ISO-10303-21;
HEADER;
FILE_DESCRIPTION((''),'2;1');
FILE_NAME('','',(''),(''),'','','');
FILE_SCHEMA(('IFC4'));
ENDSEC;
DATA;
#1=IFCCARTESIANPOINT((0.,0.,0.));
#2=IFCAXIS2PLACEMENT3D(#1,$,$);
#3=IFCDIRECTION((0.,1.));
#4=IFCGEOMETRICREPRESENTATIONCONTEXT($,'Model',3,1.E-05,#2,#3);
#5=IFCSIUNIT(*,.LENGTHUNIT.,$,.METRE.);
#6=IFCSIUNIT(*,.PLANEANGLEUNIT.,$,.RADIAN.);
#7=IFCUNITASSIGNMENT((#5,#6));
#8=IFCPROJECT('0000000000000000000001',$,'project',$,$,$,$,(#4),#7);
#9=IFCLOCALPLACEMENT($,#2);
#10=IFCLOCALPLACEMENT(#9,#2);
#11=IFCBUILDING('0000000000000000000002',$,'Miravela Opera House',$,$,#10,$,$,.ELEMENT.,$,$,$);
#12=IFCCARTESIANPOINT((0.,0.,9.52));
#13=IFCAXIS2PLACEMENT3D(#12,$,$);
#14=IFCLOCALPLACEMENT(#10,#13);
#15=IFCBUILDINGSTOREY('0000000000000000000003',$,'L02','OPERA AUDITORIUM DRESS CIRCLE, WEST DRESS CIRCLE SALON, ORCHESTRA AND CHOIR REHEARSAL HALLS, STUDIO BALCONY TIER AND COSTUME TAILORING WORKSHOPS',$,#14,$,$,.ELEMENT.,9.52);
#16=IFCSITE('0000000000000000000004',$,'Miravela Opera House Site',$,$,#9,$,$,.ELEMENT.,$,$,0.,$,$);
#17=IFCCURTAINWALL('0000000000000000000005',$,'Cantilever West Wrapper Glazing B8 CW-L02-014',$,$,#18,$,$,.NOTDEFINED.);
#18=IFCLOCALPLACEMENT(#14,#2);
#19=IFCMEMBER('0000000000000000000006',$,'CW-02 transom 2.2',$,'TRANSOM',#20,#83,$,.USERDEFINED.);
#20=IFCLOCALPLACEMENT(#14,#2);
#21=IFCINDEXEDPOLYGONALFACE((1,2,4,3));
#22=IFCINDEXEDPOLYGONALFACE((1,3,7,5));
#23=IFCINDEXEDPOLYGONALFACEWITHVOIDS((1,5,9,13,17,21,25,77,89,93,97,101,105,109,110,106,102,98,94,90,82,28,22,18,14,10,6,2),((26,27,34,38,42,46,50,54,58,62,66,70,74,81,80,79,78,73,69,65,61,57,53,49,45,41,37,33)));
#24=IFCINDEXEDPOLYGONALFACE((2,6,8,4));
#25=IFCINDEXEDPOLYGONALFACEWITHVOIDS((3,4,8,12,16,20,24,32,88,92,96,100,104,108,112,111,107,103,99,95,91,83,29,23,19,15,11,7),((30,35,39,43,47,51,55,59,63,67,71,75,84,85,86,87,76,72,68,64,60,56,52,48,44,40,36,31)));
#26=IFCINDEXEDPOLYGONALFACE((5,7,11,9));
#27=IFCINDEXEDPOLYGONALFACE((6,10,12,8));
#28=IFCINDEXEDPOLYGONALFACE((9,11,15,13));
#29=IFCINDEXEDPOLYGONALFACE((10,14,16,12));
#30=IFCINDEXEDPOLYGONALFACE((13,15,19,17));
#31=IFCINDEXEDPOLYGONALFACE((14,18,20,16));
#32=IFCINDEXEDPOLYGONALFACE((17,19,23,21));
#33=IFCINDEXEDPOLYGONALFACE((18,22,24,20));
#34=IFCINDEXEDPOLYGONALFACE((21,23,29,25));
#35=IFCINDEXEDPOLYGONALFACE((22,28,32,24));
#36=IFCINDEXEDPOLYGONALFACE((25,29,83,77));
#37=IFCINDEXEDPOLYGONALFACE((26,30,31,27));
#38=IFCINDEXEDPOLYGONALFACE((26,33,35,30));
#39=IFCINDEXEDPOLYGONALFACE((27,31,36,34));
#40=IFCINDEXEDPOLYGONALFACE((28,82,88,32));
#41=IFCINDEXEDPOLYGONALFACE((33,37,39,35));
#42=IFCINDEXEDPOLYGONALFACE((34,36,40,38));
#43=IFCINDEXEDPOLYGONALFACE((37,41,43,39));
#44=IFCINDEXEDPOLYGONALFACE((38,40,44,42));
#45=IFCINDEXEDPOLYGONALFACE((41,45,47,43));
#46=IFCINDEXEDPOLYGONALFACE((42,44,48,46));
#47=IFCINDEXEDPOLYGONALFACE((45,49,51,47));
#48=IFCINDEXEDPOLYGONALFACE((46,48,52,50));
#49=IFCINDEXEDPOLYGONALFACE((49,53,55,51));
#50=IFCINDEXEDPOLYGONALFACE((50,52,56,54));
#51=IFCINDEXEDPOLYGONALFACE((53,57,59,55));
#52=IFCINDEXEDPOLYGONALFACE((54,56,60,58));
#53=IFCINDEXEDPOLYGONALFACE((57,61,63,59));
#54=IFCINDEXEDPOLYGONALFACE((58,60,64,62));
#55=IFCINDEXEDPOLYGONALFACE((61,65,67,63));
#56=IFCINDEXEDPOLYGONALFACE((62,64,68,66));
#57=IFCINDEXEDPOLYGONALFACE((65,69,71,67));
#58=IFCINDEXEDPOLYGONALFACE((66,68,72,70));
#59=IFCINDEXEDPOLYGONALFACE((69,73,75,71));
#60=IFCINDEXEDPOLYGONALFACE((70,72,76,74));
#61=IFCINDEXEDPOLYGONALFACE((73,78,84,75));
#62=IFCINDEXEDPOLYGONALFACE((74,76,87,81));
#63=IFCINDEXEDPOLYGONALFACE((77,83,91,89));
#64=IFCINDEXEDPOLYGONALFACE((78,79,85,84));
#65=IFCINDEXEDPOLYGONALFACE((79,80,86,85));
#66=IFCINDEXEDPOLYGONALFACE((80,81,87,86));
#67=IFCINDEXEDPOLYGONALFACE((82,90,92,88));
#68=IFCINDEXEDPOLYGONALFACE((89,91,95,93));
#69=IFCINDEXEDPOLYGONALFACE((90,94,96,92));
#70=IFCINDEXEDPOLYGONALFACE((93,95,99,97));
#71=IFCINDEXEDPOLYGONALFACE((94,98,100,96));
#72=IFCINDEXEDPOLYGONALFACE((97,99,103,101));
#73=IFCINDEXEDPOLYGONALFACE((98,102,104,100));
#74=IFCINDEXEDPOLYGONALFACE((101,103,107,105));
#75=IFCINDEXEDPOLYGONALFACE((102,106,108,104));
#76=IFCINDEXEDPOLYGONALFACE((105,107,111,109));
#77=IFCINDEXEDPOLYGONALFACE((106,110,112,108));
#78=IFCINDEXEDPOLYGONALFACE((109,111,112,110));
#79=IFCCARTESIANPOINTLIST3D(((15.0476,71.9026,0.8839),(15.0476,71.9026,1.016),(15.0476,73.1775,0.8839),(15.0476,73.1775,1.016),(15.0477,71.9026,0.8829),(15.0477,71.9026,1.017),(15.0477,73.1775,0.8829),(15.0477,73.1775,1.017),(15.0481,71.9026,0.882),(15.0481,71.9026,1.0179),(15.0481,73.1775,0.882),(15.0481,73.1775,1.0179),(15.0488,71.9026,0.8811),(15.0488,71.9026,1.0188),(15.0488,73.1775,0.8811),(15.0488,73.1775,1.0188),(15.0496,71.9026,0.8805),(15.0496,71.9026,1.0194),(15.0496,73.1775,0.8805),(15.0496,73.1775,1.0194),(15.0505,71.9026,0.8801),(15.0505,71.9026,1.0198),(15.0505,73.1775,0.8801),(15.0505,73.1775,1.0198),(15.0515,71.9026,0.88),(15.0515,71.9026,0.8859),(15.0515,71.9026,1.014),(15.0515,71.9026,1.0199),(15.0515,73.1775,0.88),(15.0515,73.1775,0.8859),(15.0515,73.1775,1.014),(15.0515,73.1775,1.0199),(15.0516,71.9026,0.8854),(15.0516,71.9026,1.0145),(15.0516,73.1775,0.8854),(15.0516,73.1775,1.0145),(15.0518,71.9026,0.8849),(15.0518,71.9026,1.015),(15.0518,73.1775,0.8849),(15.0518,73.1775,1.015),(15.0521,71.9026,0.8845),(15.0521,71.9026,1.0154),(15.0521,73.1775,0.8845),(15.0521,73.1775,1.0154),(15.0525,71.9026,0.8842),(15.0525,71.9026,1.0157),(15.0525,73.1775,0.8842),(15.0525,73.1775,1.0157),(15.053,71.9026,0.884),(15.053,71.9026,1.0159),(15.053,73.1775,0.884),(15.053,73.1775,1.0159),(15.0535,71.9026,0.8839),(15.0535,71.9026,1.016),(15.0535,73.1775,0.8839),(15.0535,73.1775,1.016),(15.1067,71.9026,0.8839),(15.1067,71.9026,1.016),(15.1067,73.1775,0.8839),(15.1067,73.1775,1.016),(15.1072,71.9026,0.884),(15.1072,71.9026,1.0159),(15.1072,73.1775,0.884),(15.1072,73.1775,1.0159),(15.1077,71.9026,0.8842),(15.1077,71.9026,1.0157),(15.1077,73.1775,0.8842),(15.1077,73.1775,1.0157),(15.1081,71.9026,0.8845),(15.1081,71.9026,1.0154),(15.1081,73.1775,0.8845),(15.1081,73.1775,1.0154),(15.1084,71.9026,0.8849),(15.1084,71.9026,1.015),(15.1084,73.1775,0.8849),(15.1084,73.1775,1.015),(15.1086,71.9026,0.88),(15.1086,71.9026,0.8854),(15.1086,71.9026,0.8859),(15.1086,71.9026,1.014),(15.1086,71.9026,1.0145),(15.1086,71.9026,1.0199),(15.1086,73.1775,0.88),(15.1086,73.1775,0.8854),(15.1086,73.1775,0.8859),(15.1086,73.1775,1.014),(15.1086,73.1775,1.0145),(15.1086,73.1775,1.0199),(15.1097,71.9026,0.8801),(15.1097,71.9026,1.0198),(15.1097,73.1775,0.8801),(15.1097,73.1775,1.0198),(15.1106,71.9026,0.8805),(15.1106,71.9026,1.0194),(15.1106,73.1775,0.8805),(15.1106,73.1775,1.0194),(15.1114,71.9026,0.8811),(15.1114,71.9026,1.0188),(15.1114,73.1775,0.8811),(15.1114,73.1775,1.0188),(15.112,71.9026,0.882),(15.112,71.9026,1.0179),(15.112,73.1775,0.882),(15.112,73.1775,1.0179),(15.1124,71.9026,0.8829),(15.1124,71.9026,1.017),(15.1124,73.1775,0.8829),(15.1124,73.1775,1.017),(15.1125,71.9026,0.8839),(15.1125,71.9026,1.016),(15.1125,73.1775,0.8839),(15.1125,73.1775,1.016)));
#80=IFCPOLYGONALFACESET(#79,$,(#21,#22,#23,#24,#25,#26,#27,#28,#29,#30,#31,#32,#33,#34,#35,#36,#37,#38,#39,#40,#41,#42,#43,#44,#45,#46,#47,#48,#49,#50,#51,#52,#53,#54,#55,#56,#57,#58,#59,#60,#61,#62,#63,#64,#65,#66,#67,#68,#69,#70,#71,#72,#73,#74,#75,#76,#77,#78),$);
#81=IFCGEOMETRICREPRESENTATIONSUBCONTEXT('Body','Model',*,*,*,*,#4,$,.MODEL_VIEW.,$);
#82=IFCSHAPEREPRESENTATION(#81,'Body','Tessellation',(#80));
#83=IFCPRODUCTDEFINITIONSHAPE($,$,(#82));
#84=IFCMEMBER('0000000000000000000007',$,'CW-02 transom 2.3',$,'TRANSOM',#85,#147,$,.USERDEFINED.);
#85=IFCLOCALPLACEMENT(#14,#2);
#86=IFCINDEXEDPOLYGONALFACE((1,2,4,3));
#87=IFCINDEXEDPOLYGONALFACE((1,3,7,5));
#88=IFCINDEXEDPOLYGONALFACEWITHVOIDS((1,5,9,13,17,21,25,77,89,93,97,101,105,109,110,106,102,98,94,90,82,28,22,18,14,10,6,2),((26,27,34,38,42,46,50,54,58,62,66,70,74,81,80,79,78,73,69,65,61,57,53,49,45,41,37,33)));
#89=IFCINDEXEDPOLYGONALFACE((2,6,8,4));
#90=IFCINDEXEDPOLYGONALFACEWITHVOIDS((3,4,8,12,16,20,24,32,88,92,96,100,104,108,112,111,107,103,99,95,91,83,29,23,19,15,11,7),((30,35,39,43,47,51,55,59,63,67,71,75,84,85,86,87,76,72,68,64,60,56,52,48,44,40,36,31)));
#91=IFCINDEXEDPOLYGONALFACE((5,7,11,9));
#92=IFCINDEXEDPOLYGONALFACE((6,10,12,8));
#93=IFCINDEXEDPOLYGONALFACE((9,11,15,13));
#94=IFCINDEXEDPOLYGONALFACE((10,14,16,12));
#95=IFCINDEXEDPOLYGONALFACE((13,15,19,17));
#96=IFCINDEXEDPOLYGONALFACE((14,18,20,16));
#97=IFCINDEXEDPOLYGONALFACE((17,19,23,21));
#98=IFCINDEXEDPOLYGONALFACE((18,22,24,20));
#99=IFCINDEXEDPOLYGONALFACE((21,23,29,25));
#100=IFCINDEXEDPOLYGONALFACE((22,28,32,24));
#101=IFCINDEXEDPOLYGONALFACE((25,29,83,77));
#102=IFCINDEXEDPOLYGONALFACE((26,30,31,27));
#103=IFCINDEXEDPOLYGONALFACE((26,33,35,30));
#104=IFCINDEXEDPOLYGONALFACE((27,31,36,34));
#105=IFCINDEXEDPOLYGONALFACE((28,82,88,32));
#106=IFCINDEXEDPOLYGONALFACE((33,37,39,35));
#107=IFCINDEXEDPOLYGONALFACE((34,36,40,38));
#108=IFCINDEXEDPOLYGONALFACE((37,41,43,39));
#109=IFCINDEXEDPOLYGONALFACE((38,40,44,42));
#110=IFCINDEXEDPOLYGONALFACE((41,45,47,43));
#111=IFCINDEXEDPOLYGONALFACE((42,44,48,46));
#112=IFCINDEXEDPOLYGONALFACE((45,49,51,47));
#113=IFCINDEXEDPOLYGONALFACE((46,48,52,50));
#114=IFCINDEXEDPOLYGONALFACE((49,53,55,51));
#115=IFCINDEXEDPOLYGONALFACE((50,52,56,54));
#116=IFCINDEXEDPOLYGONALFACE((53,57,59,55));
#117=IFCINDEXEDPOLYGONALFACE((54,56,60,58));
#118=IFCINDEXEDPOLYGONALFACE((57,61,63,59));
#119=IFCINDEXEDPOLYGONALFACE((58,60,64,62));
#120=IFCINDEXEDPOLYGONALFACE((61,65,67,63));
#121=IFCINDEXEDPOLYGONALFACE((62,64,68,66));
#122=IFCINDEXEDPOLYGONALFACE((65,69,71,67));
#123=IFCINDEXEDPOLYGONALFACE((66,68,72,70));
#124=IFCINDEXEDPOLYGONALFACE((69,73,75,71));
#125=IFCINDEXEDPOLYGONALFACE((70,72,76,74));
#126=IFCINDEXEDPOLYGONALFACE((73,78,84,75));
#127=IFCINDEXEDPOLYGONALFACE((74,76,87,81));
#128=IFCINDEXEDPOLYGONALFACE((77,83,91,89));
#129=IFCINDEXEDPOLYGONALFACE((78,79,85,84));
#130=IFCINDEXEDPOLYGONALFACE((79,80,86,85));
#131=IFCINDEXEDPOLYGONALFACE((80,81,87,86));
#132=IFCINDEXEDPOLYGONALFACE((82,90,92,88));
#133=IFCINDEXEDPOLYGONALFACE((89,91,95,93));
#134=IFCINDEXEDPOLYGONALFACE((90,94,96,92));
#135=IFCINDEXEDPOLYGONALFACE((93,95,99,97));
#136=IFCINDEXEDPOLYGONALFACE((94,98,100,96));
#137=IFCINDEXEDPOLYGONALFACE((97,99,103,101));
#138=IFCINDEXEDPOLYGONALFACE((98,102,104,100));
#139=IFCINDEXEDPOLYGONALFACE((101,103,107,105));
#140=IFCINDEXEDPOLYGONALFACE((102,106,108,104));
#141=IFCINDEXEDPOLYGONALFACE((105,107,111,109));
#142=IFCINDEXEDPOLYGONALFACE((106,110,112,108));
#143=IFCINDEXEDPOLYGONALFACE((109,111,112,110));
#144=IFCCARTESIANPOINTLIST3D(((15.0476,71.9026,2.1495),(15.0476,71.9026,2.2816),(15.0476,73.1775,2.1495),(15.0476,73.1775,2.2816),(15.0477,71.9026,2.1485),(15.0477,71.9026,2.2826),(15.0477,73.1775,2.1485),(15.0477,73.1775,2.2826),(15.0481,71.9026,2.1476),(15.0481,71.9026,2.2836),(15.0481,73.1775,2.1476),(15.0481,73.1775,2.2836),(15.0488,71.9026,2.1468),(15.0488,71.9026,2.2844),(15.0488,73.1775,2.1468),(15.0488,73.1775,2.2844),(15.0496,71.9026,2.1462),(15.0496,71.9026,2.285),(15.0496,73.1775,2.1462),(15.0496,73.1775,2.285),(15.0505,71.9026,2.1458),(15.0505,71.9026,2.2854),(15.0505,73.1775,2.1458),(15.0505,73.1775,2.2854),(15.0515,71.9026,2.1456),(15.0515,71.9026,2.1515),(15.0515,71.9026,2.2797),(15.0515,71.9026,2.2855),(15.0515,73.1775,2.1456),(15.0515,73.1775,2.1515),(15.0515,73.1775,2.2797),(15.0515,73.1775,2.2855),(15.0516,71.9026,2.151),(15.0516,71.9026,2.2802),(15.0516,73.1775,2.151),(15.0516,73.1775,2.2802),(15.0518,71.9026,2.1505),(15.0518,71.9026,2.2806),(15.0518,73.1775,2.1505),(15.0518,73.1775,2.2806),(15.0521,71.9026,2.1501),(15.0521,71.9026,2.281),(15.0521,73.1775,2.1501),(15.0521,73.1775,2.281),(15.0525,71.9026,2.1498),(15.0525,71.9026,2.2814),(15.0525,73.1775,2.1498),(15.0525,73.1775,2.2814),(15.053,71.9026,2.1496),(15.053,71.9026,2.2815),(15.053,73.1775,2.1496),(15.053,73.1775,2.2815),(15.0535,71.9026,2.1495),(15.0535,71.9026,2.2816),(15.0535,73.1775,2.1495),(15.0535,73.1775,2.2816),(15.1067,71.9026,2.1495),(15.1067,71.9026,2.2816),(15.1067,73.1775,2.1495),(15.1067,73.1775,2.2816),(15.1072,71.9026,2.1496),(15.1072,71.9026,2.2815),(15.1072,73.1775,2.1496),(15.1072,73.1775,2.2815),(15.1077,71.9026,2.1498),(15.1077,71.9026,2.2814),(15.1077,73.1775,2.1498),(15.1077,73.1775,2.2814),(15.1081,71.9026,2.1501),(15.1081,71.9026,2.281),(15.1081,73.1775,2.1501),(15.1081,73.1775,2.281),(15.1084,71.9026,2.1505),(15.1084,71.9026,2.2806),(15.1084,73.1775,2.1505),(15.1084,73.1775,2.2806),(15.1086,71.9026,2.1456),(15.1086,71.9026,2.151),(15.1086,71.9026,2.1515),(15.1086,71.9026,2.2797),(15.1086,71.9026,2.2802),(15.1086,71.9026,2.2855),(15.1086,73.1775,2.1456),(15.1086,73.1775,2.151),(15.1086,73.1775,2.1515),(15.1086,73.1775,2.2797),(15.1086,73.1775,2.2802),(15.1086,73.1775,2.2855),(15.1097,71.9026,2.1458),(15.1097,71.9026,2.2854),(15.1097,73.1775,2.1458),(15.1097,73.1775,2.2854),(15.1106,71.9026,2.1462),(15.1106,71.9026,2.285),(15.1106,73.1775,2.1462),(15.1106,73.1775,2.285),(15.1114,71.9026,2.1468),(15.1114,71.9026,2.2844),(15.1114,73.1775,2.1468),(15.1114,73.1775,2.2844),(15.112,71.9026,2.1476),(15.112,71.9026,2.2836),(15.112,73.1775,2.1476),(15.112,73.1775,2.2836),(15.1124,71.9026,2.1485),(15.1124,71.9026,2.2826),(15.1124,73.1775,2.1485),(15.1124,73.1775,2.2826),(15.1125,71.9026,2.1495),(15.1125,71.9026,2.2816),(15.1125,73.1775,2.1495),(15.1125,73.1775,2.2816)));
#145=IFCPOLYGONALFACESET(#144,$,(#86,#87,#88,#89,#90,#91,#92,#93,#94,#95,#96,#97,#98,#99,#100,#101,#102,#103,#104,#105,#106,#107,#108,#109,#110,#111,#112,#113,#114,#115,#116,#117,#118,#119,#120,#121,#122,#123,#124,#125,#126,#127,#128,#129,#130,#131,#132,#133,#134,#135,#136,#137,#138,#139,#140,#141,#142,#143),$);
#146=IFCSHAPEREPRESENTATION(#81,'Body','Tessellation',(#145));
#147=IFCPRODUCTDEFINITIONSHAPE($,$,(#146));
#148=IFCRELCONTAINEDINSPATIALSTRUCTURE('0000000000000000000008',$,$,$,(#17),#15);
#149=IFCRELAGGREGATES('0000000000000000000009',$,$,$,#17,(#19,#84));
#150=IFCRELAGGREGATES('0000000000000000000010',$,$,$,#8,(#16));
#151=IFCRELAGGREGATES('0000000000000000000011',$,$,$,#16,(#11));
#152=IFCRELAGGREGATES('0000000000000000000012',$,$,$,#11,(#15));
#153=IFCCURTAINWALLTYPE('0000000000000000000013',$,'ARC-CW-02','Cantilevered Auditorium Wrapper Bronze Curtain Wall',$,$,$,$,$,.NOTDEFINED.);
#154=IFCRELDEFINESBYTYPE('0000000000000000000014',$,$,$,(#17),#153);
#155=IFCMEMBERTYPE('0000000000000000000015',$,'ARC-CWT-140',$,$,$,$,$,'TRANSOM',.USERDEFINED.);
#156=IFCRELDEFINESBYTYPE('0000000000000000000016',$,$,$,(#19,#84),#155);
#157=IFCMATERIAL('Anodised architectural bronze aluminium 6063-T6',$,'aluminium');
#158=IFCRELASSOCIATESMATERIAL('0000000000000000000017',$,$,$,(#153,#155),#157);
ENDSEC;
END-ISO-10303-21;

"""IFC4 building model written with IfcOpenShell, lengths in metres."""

from ifc_helpers import new_model, si_unit, direction, frame, origin, origin_2d, place, context, subcontext, project, spatial, hollow_rectangle, extrude, material, material_profile, profile_set, type_object, element, aggregate, save


model = new_model("IFC4")

# Units and contexts
model_context = context("Model", 3, precision=1e-05, world=origin(), true_north=direction((0.0, 1.0)))
body_context = subcontext(model_context, "Body", "Model", "MODEL_VIEW")
ifc_project = project(units=[si_unit("LENGTHUNIT", "METRE"), si_unit("PLANEANGLEUNIT", "RADIAN")], contexts=[model_context])

# Site, building, storey
site_placement = place(None, origin())
site = spatial("IfcSite", under=ifc_project, at=site_placement, Name="Miravela Opera House Site", CompositionType="ELEMENT", RefElevation=0.0)
building_placement = place(site_placement, origin())
building = spatial("IfcBuilding", under=site, at=building_placement, Name="Miravela Opera House", CompositionType="ELEMENT")
storey_placement = place(building_placement, frame((0.0, 0.0, 9.52)))
storey = spatial("IfcBuildingStorey", under=building, at=storey_placement, Name="L02", Description="OPERA AUDITORIUM DRESS CIRCLE, WEST DRESS CIRCLE SALON, ORCHESTRA AND CHOIR REHEARSAL HALLS, STUDIO BALCONY TIER AND COSTUME TAILORING WORKSHOPS", CompositionType="ELEMENT", Elevation=9.52)

# Curtain wall, members
ifc_material_1 = material(Name="Anodised architectural bronze aluminium 6063-T6", Category="aluminium")
curtain_wall_type = type_object("IfcCurtainWallType", Name="ARC-CW-02", Description="Cantilevered Auditorium Wrapper Bronze Curtain Wall", PredefinedType="NOTDEFINED", material=ifc_material_1)
curtain_wall_placement = place(storey_placement, origin())
curtain_wall = element("IfcCurtainWall", 1, at=curtain_wall_placement, inside=storey, type_object=curtain_wall_type, Name="Cantilever West Wrapper Glazing B8 CW-L02-014", PredefinedType="NOTDEFINED")
ifc_material_profile_1 = material_profile(ifc_material_1, hollow_rectangle(XDim=0.0649, YDim=0.1399, WallThickness=0.0039, InnerFilletRadius=0.002, OuterFilletRadius=0.0039, at=origin_2d()), Name="CWT-65X140")
ifc_profile_set_1 = profile_set([ifc_material_profile_1])
member_type_1 = type_object("IfcMemberType", Name="ARC-CWT-140", ElementType="TRANSOM", PredefinedType="USERDEFINED", material=ifc_profile_set_1)
member_1_placement = place(storey_placement, frame((15.0801, 71.9026, 0.95), z_axis=(0.0, 1.0, 0.0), x_axis=(-1.0, 0.0, 0.0)))
member_1 = element("IfcMember", 2, at=member_1_placement, type_object=member_type_1, Name="CW-02 transom 2.2", ObjectType="TRANSOM", PredefinedType="USERDEFINED", context=body_context, shape_type="SweptSolid", body=[
    extrude(hollow_rectangle(XDim=0.0649, YDim=0.1399, WallThickness=0.0039, InnerFilletRadius=0.002, OuterFilletRadius=0.0039, at=origin_2d()), origin(), (0.0, 0.0, 1.0), 1.2749),
])
member_2_placement = place(storey_placement, frame((15.0801, 71.9026, 2.2156), z_axis=(0.0, 1.0, 0.0), x_axis=(-1.0, 0.0, 0.0)))
member_2 = element("IfcMember", 3, at=member_2_placement, type_object=member_type_1, Name="CW-02 transom 2.3", ObjectType="TRANSOM", PredefinedType="USERDEFINED", context=body_context, shape_type="SweptSolid", body=[
    extrude(hollow_rectangle(XDim=0.0649, YDim=0.1399, WallThickness=0.0039, InnerFilletRadius=0.002, OuterFilletRadius=0.0039, at=origin_2d()), origin(), (0.0, 0.0, 1.0), 1.2749),
])

aggregate(curtain_wall, [member_1, member_2])

save(model, "model.ifc")
